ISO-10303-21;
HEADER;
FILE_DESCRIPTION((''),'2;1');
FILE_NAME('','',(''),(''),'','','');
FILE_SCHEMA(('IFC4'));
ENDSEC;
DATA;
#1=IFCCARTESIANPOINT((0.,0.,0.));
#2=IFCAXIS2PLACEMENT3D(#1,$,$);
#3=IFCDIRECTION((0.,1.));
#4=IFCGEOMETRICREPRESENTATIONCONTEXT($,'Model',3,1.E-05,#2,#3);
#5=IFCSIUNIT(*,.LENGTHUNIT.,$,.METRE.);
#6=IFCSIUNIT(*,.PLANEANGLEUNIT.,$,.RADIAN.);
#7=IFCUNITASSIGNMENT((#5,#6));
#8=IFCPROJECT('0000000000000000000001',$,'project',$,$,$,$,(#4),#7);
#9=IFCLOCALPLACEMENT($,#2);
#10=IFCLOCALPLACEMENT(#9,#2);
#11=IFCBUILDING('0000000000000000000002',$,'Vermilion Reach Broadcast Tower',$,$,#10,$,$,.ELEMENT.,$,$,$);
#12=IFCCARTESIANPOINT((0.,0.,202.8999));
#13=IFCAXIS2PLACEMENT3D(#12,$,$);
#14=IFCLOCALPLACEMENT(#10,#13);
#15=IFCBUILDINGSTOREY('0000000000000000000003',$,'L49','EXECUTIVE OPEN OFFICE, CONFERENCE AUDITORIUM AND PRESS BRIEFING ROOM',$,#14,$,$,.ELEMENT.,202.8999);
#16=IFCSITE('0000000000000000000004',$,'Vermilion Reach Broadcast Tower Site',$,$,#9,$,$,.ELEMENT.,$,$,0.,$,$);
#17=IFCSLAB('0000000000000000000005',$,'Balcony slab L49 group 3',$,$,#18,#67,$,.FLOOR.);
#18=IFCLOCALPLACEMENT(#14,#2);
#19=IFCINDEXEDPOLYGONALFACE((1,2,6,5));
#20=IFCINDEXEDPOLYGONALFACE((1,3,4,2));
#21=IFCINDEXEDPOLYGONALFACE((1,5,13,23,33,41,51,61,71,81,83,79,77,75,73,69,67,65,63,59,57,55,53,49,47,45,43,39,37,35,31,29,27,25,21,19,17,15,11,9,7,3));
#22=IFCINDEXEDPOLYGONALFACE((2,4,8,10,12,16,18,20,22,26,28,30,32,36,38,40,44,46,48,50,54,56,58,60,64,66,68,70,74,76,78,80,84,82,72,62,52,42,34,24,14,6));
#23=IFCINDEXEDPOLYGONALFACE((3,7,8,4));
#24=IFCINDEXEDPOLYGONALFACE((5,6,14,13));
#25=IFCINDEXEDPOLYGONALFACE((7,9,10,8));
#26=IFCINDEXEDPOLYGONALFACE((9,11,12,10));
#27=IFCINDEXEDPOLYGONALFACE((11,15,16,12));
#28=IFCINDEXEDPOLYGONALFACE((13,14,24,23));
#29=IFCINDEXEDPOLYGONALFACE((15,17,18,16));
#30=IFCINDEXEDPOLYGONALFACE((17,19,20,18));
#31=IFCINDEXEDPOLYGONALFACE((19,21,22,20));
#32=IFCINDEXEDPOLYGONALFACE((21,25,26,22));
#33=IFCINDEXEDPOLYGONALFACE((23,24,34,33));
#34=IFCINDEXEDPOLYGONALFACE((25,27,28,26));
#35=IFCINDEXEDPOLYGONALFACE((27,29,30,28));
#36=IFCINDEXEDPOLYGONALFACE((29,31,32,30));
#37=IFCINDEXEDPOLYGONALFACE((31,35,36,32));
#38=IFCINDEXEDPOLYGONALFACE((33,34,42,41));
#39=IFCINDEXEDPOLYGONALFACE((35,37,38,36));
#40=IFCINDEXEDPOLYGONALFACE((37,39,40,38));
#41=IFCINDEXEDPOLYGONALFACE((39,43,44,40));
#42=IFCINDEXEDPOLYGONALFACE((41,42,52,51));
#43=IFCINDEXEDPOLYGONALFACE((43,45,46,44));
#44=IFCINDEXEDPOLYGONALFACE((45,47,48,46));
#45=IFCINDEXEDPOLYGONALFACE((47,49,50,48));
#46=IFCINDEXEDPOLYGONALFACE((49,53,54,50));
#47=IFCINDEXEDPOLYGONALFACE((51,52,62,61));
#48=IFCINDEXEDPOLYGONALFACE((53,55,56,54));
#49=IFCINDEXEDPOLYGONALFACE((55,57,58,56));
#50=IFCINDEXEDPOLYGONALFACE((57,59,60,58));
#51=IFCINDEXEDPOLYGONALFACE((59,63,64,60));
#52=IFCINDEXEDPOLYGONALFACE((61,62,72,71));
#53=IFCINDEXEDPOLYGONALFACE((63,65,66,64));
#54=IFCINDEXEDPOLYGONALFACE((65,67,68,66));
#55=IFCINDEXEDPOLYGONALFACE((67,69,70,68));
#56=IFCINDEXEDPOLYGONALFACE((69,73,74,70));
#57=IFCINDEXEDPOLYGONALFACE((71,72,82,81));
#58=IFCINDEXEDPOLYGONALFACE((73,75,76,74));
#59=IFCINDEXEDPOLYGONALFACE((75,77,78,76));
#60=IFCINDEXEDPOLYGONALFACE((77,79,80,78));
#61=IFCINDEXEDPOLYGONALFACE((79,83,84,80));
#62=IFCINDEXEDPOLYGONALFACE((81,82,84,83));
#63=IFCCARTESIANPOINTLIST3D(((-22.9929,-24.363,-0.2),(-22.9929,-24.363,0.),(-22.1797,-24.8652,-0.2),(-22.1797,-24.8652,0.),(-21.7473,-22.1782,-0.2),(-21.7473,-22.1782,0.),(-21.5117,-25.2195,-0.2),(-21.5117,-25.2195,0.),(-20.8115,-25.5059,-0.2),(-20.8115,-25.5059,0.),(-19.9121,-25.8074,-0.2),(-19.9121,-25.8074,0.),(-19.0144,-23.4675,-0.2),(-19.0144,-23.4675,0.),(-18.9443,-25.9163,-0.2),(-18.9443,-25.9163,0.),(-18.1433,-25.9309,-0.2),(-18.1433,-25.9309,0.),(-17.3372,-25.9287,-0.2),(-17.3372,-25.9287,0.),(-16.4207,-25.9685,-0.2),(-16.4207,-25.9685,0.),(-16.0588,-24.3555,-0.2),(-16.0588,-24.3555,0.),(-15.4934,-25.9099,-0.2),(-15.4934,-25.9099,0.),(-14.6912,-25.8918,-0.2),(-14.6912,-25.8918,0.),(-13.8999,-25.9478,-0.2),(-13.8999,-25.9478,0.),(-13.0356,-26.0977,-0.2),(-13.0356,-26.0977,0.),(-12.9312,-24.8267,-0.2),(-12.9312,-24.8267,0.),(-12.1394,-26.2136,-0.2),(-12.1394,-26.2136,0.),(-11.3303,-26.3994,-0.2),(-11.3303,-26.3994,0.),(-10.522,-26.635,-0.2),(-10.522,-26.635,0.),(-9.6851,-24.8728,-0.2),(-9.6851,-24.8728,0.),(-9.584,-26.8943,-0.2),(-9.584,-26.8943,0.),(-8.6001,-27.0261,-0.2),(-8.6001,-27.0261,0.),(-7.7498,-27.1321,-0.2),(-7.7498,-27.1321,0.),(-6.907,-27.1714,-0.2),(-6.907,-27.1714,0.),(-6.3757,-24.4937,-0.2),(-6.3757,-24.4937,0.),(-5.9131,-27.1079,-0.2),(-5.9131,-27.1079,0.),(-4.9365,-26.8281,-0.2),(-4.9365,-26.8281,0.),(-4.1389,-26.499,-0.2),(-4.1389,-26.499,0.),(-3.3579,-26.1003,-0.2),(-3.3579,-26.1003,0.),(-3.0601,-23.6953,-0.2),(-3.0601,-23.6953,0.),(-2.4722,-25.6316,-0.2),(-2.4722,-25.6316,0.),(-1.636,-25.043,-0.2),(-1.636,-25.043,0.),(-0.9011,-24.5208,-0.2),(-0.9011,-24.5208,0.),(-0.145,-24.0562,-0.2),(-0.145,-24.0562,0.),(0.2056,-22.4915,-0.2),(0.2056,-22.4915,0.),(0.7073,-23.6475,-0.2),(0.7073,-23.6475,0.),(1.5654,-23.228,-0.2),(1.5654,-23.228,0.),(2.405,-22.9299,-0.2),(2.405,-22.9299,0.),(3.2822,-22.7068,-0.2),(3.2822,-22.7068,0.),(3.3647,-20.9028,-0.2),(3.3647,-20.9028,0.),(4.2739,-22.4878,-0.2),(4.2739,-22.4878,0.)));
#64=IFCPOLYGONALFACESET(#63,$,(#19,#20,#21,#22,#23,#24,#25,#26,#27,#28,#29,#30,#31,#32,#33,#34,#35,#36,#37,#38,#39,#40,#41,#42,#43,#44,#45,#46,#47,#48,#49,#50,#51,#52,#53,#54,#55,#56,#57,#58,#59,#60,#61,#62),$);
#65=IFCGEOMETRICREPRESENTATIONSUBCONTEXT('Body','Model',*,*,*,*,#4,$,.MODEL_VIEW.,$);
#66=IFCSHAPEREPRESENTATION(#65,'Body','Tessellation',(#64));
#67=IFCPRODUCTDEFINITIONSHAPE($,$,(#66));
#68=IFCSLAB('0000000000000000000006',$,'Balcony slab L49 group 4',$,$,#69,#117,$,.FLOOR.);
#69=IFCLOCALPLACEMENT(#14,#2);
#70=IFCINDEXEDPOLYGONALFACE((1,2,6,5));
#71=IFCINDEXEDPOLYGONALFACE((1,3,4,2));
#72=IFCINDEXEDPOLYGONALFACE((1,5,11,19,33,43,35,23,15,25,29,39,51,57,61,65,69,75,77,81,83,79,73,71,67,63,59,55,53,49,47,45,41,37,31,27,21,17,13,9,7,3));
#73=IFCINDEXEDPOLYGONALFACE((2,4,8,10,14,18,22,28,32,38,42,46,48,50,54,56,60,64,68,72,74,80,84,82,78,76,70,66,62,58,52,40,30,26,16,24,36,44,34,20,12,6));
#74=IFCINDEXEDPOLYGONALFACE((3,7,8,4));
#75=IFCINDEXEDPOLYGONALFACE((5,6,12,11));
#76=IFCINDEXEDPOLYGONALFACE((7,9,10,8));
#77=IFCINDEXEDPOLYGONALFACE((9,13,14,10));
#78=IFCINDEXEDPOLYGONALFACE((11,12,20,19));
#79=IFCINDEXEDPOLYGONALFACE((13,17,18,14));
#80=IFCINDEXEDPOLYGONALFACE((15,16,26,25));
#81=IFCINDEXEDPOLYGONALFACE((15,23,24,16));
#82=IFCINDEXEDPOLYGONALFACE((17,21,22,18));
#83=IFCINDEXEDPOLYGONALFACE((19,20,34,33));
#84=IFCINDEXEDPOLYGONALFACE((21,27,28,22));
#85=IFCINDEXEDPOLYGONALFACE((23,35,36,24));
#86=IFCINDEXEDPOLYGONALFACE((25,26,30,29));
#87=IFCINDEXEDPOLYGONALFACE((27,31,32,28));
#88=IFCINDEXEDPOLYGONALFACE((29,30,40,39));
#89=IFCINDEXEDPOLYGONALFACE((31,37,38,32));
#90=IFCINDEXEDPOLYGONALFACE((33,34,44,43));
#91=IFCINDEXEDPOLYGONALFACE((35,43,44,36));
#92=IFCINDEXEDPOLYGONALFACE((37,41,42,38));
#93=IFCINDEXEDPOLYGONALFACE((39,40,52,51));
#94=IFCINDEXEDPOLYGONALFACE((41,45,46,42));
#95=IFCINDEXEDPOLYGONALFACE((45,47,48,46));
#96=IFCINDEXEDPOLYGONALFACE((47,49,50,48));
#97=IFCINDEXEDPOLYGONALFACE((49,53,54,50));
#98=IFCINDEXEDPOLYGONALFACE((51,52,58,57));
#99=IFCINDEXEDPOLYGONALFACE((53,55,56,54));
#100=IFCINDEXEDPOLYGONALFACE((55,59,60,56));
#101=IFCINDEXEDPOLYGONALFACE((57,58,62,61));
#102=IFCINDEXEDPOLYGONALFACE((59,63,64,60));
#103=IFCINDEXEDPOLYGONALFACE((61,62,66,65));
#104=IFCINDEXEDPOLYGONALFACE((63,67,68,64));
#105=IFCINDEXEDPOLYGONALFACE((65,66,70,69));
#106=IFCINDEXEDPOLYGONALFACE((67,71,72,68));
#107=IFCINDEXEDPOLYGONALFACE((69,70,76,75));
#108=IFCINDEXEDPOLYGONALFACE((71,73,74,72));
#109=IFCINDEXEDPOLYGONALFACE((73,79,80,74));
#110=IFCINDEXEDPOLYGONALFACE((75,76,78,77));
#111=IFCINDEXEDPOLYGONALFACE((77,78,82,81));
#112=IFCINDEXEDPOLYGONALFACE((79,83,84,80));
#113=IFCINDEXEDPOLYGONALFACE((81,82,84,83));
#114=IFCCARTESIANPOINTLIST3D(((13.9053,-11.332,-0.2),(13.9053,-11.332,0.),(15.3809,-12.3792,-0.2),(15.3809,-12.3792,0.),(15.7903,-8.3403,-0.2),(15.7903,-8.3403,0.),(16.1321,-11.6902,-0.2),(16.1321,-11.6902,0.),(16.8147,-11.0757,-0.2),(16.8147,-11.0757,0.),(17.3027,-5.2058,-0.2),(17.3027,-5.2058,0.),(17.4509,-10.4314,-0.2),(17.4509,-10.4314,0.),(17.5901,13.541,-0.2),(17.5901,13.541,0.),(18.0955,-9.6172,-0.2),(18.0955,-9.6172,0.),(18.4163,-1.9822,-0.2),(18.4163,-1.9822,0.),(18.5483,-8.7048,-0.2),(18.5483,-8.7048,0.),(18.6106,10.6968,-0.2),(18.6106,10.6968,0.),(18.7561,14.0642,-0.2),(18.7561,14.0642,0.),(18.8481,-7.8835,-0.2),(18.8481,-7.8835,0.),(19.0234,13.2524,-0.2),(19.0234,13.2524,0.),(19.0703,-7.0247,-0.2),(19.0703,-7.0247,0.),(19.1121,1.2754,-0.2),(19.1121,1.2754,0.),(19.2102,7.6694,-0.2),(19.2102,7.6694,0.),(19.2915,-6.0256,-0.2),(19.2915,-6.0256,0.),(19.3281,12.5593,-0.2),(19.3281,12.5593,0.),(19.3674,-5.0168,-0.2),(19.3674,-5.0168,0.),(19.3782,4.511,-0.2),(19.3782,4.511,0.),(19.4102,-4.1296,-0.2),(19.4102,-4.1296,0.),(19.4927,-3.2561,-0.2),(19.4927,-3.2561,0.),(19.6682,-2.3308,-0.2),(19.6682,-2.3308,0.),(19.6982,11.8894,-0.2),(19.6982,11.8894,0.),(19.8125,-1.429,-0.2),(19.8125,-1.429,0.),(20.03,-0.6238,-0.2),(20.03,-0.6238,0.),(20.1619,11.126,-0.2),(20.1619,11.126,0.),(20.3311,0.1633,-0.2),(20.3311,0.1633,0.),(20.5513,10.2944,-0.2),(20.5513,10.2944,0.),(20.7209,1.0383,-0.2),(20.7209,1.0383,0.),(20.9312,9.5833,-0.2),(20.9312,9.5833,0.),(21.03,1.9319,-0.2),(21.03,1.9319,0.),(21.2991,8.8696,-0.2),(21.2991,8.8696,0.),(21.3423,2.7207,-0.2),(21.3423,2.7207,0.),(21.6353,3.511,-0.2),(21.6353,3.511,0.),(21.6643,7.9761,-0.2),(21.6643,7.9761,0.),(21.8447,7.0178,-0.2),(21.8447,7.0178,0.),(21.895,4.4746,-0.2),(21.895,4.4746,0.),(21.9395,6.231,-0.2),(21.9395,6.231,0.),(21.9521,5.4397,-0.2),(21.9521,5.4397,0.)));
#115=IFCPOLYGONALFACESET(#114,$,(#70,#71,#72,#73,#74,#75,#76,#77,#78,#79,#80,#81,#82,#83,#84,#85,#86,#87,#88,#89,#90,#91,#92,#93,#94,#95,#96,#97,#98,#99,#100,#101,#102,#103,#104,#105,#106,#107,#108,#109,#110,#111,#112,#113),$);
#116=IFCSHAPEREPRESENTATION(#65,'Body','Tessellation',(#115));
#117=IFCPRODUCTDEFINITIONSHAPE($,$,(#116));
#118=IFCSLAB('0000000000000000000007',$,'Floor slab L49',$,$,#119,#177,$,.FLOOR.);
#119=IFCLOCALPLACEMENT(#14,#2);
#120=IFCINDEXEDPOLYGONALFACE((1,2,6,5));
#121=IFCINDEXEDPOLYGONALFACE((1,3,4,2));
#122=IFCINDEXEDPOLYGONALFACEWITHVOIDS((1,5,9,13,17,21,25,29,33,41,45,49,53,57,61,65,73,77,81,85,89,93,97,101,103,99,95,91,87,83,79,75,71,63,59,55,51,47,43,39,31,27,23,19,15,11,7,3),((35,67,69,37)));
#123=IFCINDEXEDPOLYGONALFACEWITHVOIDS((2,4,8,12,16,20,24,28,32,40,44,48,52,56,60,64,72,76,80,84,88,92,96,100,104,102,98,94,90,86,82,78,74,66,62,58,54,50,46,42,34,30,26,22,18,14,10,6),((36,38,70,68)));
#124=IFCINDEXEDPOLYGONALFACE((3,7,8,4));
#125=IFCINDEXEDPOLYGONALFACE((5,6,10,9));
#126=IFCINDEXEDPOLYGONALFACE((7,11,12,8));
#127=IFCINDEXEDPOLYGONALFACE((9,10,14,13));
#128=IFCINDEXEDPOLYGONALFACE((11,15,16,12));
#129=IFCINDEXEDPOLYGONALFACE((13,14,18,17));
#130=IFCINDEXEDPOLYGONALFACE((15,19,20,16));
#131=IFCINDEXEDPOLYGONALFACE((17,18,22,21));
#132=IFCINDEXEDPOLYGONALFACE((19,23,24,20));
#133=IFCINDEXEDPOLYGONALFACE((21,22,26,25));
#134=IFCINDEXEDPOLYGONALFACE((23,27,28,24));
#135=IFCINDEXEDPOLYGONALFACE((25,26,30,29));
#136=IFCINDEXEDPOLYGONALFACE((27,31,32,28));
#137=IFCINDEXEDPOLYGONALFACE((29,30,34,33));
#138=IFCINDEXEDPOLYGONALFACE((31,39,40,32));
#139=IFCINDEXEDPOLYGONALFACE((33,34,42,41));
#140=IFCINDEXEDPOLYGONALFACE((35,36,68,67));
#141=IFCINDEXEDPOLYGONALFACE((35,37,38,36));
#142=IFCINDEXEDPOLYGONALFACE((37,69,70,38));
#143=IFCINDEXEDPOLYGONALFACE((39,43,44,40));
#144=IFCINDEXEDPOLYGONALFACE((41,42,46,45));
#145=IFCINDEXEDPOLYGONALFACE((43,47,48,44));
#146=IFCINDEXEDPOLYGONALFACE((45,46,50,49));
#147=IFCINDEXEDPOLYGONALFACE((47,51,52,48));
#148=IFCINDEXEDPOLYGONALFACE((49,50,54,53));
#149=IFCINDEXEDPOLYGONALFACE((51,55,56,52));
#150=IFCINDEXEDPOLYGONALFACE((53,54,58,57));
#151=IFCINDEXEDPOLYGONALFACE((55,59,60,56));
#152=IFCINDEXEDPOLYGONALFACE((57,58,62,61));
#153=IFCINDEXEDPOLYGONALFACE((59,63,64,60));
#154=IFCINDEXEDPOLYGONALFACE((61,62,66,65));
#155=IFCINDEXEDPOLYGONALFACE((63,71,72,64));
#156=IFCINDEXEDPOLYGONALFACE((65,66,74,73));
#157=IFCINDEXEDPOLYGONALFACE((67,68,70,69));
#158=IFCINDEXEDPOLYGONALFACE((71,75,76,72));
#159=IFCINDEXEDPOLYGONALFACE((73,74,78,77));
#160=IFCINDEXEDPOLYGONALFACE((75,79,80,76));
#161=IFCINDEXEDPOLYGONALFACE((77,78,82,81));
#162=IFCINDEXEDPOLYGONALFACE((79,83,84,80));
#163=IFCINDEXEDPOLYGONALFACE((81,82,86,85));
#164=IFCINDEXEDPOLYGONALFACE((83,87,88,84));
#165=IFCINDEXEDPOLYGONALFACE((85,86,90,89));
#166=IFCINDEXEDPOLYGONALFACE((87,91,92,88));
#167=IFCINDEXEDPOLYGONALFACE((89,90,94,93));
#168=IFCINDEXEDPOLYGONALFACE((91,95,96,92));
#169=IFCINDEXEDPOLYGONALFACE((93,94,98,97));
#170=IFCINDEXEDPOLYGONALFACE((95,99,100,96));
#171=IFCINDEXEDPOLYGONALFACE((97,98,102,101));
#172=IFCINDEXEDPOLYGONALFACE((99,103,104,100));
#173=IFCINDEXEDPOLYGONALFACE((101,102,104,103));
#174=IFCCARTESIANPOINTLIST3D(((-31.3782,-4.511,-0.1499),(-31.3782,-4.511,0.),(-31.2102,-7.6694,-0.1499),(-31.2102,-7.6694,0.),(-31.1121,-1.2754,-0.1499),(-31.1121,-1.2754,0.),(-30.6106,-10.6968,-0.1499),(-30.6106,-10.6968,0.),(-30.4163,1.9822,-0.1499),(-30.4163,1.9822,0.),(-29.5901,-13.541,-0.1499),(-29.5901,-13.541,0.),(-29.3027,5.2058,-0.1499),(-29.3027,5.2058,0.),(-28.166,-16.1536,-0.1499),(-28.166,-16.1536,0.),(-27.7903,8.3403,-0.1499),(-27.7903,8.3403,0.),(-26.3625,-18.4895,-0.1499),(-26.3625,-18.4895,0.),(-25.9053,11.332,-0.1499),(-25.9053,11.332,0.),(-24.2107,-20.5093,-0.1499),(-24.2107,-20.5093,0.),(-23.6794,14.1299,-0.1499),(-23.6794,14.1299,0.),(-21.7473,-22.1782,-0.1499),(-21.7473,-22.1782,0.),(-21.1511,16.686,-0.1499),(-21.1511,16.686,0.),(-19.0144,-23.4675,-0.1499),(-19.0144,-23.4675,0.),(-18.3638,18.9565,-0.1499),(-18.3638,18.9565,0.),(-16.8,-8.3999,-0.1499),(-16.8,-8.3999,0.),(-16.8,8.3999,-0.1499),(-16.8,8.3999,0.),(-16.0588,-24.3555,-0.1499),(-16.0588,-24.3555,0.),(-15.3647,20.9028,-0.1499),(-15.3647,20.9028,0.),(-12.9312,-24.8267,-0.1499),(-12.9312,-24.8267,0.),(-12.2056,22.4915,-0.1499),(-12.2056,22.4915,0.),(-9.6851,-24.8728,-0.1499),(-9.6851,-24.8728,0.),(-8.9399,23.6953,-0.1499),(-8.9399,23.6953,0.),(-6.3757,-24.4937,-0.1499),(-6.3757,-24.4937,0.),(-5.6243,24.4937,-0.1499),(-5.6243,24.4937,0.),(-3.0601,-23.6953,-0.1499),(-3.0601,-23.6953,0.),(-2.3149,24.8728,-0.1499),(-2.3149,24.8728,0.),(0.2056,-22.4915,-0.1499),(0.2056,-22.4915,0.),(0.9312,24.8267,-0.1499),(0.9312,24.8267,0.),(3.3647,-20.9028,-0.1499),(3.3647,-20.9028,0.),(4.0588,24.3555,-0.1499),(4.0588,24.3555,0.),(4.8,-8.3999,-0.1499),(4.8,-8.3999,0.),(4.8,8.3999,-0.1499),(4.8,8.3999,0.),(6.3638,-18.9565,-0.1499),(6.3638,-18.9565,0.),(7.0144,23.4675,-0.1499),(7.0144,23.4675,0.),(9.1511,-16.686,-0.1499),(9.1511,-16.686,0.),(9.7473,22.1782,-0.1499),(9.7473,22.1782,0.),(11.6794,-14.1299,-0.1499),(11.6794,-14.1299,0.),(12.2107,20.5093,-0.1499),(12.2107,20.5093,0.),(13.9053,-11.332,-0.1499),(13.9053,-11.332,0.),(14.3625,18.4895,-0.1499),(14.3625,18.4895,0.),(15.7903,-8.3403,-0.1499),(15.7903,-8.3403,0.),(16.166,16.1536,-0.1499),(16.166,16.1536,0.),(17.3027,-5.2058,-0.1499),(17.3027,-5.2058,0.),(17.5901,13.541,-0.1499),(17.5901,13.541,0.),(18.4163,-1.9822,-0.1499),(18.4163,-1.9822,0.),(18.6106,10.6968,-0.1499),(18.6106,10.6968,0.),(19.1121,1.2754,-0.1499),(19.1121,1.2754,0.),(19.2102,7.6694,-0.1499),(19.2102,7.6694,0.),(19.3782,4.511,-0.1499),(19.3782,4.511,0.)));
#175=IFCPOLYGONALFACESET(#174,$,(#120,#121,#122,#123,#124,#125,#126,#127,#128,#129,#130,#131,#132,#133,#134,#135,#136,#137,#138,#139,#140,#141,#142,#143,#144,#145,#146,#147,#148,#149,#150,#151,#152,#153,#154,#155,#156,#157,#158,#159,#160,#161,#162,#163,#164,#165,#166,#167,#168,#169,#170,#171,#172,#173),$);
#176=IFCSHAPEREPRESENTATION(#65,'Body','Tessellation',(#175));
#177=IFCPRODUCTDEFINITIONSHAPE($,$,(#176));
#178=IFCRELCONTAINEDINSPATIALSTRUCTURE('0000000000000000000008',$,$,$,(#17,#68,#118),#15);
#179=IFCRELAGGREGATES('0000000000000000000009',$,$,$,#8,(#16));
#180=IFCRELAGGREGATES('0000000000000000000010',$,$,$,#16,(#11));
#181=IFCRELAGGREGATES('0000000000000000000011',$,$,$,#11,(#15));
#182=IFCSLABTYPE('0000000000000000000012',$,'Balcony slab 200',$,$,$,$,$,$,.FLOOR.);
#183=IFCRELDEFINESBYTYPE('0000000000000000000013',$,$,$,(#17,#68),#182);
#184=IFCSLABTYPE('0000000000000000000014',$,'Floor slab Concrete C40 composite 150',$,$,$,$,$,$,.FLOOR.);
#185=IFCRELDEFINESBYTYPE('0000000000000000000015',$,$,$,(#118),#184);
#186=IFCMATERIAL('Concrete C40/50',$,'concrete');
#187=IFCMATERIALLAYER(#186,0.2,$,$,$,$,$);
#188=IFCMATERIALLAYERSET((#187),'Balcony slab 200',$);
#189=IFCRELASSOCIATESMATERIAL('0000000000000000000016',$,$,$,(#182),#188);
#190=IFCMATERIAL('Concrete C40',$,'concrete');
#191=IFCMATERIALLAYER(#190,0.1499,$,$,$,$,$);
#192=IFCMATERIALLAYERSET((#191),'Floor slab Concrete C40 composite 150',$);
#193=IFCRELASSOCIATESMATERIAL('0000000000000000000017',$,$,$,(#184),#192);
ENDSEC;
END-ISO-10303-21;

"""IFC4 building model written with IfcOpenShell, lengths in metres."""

from ifc_helpers import new_model, si_unit, direction, frame, origin, place, context, subcontext, project, spatial, polyline, outline, extrude, material, layer, layer_set, type_object, element, save


model = new_model("IFC4")

# Units and contexts
model_context = context("Model", 3, precision=1e-05, world=origin(), true_north=direction((0.0, 1.0)))
body_context = subcontext(model_context, "Body", "Model", "MODEL_VIEW")
ifc_project = project(units=[si_unit("LENGTHUNIT", "METRE"), si_unit("PLANEANGLEUNIT", "RADIAN")], contexts=[model_context])

# Site, building, storey
site_placement = place(None, origin())
site = spatial("IfcSite", under=ifc_project, at=site_placement, Name="Vermilion Reach Broadcast Tower Site", CompositionType="ELEMENT", RefElevation=0.0)
building_placement = place(site_placement, origin())
building = spatial("IfcBuilding", under=site, at=building_placement, Name="Vermilion Reach Broadcast Tower", CompositionType="ELEMENT")
storey_placement = place(building_placement, frame((0.0, 0.0, 202.8999)))
storey = spatial("IfcBuildingStorey", under=building, at=storey_placement, Name="L49", Description="EXECUTIVE OPEN OFFICE, CONFERENCE AUDITORIUM AND PRESS BRIEFING ROOM", CompositionType="ELEMENT", Elevation=202.8999)

# Slabs
ifc_material_1 = material(Name="Concrete C40/50", Category="concrete")
ifc_layer_1 = layer(ifc_material_1, 0.2)
ifc_layer_set_1 = layer_set([ifc_layer_1], Name="Balcony slab 200")
slab_type_1 = type_object("IfcSlabType", Name="Balcony slab 200", PredefinedType="FLOOR", material=ifc_layer_set_1)
placement_1 = place(storey_placement, frame((0.0, 0.0, -0.2)))
element("IfcSlab", 1, at=placement_1, inside=storey, type_object=slab_type_1, Name="Balcony slab L49 group 3", PredefinedType="FLOOR", context=body_context, shape_type="SweptSolid", body=[
    extrude(outline(polyline([(-21.7473, -22.1782), (-19.0144, -23.4675), (-16.0588, -24.3555), (-12.9312, -24.8267), (-9.6851, -24.8728), (-6.3757, -24.4937), (-3.0601, -23.6953), (0.2056, -22.4915), (3.3647, -20.9028), (4.2739, -22.4878), (3.2822, -22.7068), (2.405, -22.9299), (1.5654, -23.228), (0.7073, -23.6475), (-0.145, -24.0562), (-0.9011, -24.5208), (-1.636, -25.043), (-2.4722, -25.6316), (-3.3579, -26.1003), (-4.1389, -26.499), (-4.9365, -26.8281), (-5.9131, -27.1079), (-6.907, -27.1714), (-7.7498, -27.1321), (-8.6001, -27.0261), (-9.584, -26.8943), (-10.522, -26.635), (-11.3303, -26.3994), (-12.1394, -26.2136), (-13.0356, -26.0977), (-13.8999, -25.9478), (-14.6912, -25.8918), (-15.4934, -25.9099), (-16.4207, -25.9685), (-17.3372, -25.9287), (-18.1433, -25.9309), (-18.9443, -25.9163), (-19.9121, -25.8074), (-20.8115, -25.5059), (-21.5117, -25.2195), (-22.1797, -24.8652), (-22.9929, -24.363), (-21.7473, -22.1782)])), origin(), (0.0, 0.0, 1.0), 0.2),
])
element("IfcSlab", 2, at=placement_1, inside=storey, type_object=slab_type_1, Name="Balcony slab L49 group 4", PredefinedType="FLOOR", context=body_context, shape_type="SweptSolid", body=[
    extrude(outline(polyline([(13.9053, -11.332), (15.7903, -8.3403), (17.3027, -5.2058), (18.4163, -1.9822), (19.1121, 1.2754), (19.3782, 4.511), (19.2102, 7.6694), (18.6106, 10.6968), (17.5901, 13.541), (18.7561, 14.0642), (19.0234, 13.2524), (19.3281, 12.5593), (19.6982, 11.8894), (20.1619, 11.126), (20.5513, 10.2944), (20.9312, 9.5833), (21.2991, 8.8696), (21.6643, 7.9761), (21.8447, 7.0178), (21.9395, 6.231), (21.9521, 5.4397), (21.895, 4.4746), (21.6353, 3.511), (21.3423, 2.7207), (21.03, 1.9319), (20.7209, 1.0383), (20.3311, 0.1633), (20.03, -0.6238), (19.8125, -1.429), (19.6682, -2.3308), (19.4927, -3.2561), (19.4102, -4.1296), (19.3674, -5.0168), (19.2915, -6.0256), (19.0703, -7.0247), (18.8481, -7.8835), (18.5483, -8.7048), (18.0955, -9.6172), (17.4509, -10.4314), (16.8147, -11.0757), (16.1321, -11.6902), (15.3809, -12.3792), (13.9053, -11.332)])), origin(), (0.0, 0.0, 1.0), 0.2),
])
ifc_material_2 = material(Name="Concrete C40", Category="concrete")
ifc_layer_2 = layer(ifc_material_2, 0.1499)
ifc_layer_set_2 = layer_set([ifc_layer_2], Name="Floor slab Concrete C40 composite 150")
slab_type_2 = type_object("IfcSlabType", Name="Floor slab Concrete C40 composite 150", PredefinedType="FLOOR", material=ifc_layer_set_2)
slab_1_placement = place(storey_placement, frame((0.0, 0.0, -0.1499)))
element("IfcSlab", 3, at=slab_1_placement, inside=storey, type_object=slab_type_2, Name="Floor slab L49", PredefinedType="FLOOR", context=body_context, shape_type="SweptSolid", body=[
    extrude(outline(polyline([(14.3625, 18.4895), (12.2107, 20.5093), (9.7473, 22.1782), (7.0144, 23.4675), (4.0588, 24.3555), (0.9312, 24.8267), (-2.3149, 24.8728), (-5.6243, 24.4937), (-8.9399, 23.6953), (-12.2056, 22.4915), (-15.3647, 20.9028), (-18.3638, 18.9565), (-21.1511, 16.686), (-23.6794, 14.1299), (-25.9053, 11.332), (-27.7903, 8.3403), (-29.3027, 5.2058), (-30.4163, 1.9822), (-31.1121, -1.2754), (-31.3782, -4.511), (-31.2102, -7.6694), (-30.6106, -10.6968), (-29.5901, -13.541), (-28.166, -16.1536), (-26.3625, -18.4895), (-24.2107, -20.5093), (-21.7473, -22.1782), (-19.0144, -23.4675), (-16.0588, -24.3555), (-12.9312, -24.8267), (-9.6851, -24.8728), (-6.3757, -24.4937), (-3.0601, -23.6953), (0.2056, -22.4915), (3.3647, -20.9028), (6.3638, -18.9565), (9.1511, -16.686), (11.6794, -14.1299), (13.9053, -11.332), (15.7903, -8.3403), (17.3027, -5.2058), (18.4163, -1.9822), (19.1121, 1.2754), (19.3782, 4.511), (19.2102, 7.6694), (18.6106, 10.6968), (17.5901, 13.541), (16.166, 16.1536), (14.3625, 18.4895)]), holes=[polyline([(-16.8, -8.3999), (4.8, -8.3999), (4.8, 8.3999), (-16.8, 8.3999), (-16.8, -8.3999)])]), origin(), (0.0, 0.0, 1.0), 0.1499),
])

save(model, "model.ifc")
